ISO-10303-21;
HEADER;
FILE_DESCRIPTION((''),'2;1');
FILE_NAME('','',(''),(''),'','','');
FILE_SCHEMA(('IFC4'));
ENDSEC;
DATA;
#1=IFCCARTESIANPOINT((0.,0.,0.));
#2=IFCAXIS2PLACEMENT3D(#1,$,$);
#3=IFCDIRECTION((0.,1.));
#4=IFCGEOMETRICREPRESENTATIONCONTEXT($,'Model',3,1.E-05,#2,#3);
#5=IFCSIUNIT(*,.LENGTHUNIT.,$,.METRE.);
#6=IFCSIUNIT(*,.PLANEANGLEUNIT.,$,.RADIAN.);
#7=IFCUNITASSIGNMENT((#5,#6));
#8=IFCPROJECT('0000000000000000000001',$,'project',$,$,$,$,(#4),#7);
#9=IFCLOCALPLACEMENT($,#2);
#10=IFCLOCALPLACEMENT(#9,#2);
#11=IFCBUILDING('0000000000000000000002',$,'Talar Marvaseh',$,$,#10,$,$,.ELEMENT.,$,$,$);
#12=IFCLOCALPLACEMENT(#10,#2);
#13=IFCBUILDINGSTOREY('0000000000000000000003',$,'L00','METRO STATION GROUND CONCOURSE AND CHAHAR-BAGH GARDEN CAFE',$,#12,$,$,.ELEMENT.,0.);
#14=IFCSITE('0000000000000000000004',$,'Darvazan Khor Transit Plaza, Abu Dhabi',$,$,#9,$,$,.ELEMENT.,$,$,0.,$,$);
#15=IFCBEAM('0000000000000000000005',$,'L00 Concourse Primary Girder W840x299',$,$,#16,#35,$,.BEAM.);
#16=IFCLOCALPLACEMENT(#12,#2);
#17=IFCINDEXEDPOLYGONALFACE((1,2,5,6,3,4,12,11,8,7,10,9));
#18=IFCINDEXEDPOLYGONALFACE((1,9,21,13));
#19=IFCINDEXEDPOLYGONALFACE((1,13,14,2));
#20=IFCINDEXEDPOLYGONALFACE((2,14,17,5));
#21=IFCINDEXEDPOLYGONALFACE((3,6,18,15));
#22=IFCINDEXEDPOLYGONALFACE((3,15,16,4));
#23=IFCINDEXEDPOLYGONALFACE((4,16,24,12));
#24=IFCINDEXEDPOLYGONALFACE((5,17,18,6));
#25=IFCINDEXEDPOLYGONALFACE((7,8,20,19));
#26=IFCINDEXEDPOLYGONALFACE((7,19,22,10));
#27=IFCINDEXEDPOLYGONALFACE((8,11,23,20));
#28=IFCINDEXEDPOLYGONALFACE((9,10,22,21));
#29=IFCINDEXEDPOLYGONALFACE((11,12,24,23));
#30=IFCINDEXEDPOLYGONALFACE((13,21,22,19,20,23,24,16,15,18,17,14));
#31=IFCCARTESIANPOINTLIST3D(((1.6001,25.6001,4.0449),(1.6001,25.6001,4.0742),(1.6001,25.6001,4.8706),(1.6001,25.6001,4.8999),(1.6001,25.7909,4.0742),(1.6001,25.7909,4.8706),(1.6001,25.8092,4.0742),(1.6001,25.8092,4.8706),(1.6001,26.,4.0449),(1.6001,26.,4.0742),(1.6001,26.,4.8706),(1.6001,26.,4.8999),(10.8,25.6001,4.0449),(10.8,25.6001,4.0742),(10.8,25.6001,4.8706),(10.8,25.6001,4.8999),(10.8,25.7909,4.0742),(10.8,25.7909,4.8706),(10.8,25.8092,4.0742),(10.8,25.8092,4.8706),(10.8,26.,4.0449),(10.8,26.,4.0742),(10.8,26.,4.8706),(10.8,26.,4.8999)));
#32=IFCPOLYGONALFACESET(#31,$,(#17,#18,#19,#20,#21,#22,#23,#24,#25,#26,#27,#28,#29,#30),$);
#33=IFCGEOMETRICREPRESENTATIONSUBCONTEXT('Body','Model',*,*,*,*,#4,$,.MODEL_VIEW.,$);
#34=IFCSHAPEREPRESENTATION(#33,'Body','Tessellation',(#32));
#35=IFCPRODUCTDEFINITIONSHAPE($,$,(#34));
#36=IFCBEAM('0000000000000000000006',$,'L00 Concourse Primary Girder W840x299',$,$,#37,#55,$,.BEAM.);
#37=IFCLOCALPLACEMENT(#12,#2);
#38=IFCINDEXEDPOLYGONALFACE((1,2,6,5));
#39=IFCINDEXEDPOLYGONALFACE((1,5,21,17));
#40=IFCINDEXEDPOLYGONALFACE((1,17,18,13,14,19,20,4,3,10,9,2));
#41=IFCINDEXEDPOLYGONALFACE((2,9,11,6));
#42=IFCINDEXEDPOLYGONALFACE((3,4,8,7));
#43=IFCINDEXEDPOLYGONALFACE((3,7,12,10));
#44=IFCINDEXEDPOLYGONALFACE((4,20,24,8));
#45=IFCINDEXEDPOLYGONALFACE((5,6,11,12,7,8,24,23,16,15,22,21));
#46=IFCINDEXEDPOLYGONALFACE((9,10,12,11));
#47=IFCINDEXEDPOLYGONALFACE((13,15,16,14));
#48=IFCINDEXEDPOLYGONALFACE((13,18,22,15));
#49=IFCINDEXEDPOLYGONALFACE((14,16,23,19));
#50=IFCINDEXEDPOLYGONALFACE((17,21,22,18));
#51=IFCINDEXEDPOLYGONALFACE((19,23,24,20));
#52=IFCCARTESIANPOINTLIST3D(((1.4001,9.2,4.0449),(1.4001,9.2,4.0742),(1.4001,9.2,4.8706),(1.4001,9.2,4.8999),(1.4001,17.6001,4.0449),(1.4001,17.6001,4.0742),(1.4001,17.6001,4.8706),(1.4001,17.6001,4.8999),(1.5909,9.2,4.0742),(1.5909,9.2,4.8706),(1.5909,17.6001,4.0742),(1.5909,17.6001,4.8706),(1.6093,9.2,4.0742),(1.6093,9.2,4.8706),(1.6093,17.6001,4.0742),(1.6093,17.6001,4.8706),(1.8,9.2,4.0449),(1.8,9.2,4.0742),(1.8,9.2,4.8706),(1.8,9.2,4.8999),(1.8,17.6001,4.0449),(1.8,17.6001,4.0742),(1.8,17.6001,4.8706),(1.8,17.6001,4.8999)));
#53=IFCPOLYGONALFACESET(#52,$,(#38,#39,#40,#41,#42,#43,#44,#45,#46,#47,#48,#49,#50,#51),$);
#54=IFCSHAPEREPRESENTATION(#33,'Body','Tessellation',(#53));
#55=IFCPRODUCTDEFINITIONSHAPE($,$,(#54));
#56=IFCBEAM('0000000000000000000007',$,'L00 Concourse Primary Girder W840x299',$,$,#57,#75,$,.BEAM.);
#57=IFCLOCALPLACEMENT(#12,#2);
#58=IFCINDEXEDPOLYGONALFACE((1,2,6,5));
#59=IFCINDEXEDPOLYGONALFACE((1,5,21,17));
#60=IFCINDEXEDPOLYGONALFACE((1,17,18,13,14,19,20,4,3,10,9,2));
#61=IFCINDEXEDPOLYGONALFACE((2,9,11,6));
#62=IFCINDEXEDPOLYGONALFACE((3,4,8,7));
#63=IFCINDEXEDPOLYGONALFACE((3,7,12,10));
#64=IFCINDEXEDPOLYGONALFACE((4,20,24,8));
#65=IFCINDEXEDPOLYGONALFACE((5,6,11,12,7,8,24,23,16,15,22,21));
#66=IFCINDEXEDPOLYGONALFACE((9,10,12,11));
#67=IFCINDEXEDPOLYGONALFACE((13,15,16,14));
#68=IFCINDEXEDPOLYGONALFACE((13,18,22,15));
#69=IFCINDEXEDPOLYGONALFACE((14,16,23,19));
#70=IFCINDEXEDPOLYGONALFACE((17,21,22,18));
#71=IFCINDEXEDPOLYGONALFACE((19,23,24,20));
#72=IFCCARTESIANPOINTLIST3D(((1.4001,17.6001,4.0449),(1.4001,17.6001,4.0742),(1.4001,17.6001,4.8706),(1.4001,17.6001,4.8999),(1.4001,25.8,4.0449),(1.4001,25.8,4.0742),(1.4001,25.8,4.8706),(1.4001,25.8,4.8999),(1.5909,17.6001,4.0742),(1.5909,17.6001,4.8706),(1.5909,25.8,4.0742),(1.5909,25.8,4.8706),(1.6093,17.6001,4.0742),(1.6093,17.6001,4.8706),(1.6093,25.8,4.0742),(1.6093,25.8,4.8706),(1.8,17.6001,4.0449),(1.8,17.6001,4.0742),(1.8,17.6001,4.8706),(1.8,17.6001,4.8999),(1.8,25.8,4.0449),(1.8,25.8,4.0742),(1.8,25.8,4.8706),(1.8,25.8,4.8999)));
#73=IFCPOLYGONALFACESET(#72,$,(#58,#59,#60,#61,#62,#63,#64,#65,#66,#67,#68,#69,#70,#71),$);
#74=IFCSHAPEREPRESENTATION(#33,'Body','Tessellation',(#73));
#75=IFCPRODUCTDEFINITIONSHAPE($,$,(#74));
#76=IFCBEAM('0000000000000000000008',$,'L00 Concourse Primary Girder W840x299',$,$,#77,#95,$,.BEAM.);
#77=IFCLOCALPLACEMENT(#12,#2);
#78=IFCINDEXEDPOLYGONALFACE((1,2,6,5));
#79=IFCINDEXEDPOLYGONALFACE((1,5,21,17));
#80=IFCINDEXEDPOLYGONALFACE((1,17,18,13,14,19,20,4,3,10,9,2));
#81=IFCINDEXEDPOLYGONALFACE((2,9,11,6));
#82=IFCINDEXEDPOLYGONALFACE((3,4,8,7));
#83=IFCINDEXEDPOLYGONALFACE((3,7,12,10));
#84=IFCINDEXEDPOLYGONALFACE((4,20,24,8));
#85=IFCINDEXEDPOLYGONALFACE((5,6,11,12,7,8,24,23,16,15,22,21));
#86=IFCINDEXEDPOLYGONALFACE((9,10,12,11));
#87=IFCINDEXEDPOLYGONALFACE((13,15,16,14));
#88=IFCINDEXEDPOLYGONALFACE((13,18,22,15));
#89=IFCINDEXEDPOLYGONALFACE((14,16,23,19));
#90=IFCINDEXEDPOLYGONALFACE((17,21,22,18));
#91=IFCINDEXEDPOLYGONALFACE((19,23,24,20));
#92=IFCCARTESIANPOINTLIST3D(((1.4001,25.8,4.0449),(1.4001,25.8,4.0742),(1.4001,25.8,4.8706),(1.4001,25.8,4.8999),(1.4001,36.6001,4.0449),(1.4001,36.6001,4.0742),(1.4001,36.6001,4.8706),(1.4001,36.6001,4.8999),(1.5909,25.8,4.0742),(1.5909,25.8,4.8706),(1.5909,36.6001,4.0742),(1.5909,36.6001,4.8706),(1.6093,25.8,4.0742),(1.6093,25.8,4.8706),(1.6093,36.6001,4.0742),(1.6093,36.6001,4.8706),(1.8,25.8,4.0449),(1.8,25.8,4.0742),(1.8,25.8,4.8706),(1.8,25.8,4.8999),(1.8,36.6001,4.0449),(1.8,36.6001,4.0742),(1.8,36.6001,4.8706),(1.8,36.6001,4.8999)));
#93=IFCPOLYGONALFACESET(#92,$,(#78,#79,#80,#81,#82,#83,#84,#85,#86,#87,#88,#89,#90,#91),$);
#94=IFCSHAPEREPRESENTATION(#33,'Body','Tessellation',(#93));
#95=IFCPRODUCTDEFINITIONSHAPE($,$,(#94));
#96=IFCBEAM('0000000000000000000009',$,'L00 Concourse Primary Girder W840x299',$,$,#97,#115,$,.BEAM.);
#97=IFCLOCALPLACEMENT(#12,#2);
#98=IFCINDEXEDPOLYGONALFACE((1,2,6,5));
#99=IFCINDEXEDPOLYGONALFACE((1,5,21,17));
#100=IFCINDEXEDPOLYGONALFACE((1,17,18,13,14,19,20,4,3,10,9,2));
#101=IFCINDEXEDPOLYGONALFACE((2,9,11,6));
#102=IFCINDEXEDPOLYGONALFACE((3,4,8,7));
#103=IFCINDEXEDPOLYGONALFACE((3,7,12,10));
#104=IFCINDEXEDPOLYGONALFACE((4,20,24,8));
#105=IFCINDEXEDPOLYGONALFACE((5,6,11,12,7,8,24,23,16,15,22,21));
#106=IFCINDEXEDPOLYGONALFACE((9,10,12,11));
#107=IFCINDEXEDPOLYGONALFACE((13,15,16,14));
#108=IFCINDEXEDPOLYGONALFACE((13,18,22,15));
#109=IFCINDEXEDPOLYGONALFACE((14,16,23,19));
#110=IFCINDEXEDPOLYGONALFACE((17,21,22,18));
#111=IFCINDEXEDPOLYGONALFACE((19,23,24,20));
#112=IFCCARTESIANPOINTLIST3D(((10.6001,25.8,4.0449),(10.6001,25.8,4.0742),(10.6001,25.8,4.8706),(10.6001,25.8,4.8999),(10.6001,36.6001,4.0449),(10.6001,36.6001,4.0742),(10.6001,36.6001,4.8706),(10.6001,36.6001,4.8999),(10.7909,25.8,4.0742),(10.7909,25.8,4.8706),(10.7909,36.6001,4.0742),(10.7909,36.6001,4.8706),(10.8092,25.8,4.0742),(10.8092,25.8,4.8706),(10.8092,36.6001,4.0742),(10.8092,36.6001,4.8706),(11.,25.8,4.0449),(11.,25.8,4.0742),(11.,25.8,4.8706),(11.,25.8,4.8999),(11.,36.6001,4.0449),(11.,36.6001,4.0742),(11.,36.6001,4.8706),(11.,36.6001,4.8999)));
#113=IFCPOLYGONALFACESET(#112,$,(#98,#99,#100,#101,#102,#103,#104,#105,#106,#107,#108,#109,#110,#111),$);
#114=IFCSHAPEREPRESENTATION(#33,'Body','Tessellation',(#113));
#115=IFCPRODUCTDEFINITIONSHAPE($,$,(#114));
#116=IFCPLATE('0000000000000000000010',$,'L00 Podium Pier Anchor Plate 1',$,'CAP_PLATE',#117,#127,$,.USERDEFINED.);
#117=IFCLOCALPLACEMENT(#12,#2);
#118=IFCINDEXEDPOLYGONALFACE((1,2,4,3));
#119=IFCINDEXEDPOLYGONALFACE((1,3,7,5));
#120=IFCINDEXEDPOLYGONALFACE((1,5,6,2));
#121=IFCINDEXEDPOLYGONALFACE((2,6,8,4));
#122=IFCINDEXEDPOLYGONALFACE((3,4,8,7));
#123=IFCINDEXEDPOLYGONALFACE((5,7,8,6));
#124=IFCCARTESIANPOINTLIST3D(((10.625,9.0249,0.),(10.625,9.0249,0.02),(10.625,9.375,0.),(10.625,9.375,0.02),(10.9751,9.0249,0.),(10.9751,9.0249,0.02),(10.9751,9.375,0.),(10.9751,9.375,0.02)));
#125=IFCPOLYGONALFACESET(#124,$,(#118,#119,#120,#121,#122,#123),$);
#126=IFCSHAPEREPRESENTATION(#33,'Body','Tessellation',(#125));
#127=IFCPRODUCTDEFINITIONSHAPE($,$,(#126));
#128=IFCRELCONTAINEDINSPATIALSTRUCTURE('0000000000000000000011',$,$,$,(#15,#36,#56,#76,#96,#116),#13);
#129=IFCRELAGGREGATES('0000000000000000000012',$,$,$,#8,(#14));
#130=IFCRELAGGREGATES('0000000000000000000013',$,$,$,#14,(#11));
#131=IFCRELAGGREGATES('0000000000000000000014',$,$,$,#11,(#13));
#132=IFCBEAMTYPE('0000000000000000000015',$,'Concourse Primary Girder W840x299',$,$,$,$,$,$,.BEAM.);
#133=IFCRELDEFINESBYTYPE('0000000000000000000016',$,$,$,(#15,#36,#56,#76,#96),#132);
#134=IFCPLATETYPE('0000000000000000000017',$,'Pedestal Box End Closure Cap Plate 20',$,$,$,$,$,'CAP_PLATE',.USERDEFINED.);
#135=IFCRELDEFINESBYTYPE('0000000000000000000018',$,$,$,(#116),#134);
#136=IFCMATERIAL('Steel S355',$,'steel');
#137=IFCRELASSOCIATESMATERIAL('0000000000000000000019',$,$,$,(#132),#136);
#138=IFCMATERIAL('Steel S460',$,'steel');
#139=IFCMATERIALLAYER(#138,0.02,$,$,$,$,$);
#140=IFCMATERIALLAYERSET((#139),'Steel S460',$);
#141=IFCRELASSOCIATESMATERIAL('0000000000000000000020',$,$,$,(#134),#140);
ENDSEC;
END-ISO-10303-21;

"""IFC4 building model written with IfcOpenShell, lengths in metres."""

from ifc_helpers import new_model, si_unit, direction, frame, origin, origin_2d, place, context, subcontext, project, spatial, rectangle, i_section, extrude, source, transform, mapped, material, layer, layer_set, material_profile, profile_set, type_object, type_shapes, element, save


model = new_model("IFC4")

# Units and contexts
model_context = context("Model", 3, precision=1e-05, world=origin(), true_north=direction((0.0, 1.0)))
body_context = subcontext(model_context, "Body", "Model", "MODEL_VIEW")
ifc_project = project(units=[si_unit("LENGTHUNIT", "METRE"), si_unit("PLANEANGLEUNIT", "RADIAN")], contexts=[model_context])

# Site, building, storey
site_placement = place(None, origin())
site = spatial("IfcSite", under=ifc_project, at=site_placement, Name="Darvazan Khor Transit Plaza, Abu Dhabi", CompositionType="ELEMENT", RefElevation=0.0)
building_placement = place(site_placement, origin())
building = spatial("IfcBuilding", under=site, at=building_placement, Name="Talar Marvaseh", CompositionType="ELEMENT")
storey_placement = place(building_placement, origin())
storey = spatial("IfcBuildingStorey", under=building, at=storey_placement, Name="L00", Description="METRO STATION GROUND CONCOURSE AND CHAHAR-BAGH GARDEN CAFE", CompositionType="ELEMENT", Elevation=0.0)

# Beams
ifc_material_1 = material(Name="Steel S460", Category="steel")
ifc_material_2 = material(Name="Steel S355", Category="steel")
ifc_material_profile_1 = material_profile(ifc_material_2, i_section(OverallWidth=0.3999, OverallDepth=0.855, WebThickness=0.0183, FlangeThickness=0.0293, at=origin_2d()), Name="W840x299")
ifc_profile_set_1 = profile_set([ifc_material_profile_1], Name="Steel S355")
beam_type_1 = type_object("IfcBeamType", Name="Concourse Primary Girder W840x299", PredefinedType="BEAM", material=ifc_profile_set_1)
beam_1_placement = place(storey_placement, frame((1.6001, 25.8, 4.4724), z_axis=(1.0, 0.0, 0.0), x_axis=(0.0, 1.0, 0.0)))
element("IfcBeam", 1, at=beam_1_placement, inside=storey, type_object=beam_type_1, Name="L00 Concourse Primary Girder W840x299", PredefinedType="BEAM", context=body_context, shape_type="SweptSolid", body=[
    extrude(i_section(OverallWidth=0.3999, OverallDepth=0.855, WebThickness=0.0183, FlangeThickness=0.0293, at=origin_2d()), origin(), (0.0, 0.0, 1.0), 9.2),
])
beam_2_placement = place(storey_placement, frame((1.6001, 9.2, 4.4724), z_axis=(0.0, 1.0, 0.0), x_axis=(-1.0, 0.0, 0.0)))
element("IfcBeam", 2, at=beam_2_placement, inside=storey, type_object=beam_type_1, Name="L00 Concourse Primary Girder W840x299", PredefinedType="BEAM", context=body_context, shape_type="SweptSolid", body=[
    extrude(i_section(OverallWidth=0.3999, OverallDepth=0.855, WebThickness=0.0183, FlangeThickness=0.0293, at=origin_2d()), origin(), (0.0, 0.0, 1.0), 8.4001),
])
beam_3_placement = place(storey_placement, frame((1.6001, 17.6001, 4.4724), z_axis=(0.0, 1.0, 0.0), x_axis=(-1.0, 0.0, 0.0)))
element("IfcBeam", 3, at=beam_3_placement, inside=storey, type_object=beam_type_1, Name="L00 Concourse Primary Girder W840x299", PredefinedType="BEAM", context=body_context, shape_type="SweptSolid", body=[
    extrude(i_section(OverallWidth=0.3999, OverallDepth=0.855, WebThickness=0.0183, FlangeThickness=0.0293, at=origin_2d()), origin(), (0.0, 0.0, 1.0), 8.2),
])
for number, where, z_axis, x_axis, name in (
    (4, (1.6001, 25.8, 4.4724), (0.0, 1.0, 0.0), (-1.0, 0.0, 0.0), "L00 Concourse Primary Girder W840x299"),
    (5, (10.8, 25.8, 4.4724), (0.0, 1.0, 0.0), (-1.0, 0.0, 0.0), "L00 Concourse Primary Girder W840x299"),
):
    element("IfcBeam", number, at=place(storey_placement, frame(where, z_axis=z_axis, x_axis=x_axis)), inside=storey, type_object=beam_type_1, Name=name, PredefinedType="BEAM", context=body_context, shape_type="SweptSolid", body=[
        extrude(i_section(OverallWidth=0.3999, OverallDepth=0.855, WebThickness=0.0183, FlangeThickness=0.0293, at=origin_2d()), origin(), (0.0, 0.0, 1.0), 10.8),
    ])

# Plate
ifc_layer_1 = layer(ifc_material_1, 0.02)
ifc_layer_set_1 = layer_set([ifc_layer_1], Name="Steel S460")
plate_type = type_object("IfcPlateType", Name="Pedestal Box End Closure Cap Plate 20", ElementType="CAP_PLATE", PredefinedType="USERDEFINED", material=ifc_layer_set_1)
shared_shape_1 = source(origin(), body_context, "Body", "SweptSolid", [
    extrude(rectangle(XDim=0.3501, YDim=0.3501, at=origin_2d()), origin(), (0.0, 0.0, 1.0), 0.02),
])
type_shapes(plate_type, [shared_shape_1])
plate_placement = place(storey_placement, frame((10.8, 9.2, 0.0), z_axis=(0.0, 0.0, 1.0), x_axis=(1.0, 0.0, 0.0)))
element("IfcPlate", 6, at=plate_placement, inside=storey, type_object=plate_type, Name="L00 Podium Pier Anchor Plate 1", ObjectType="CAP_PLATE", PredefinedType="USERDEFINED", context=body_context, shape_type="MappedRepresentation", body=[
    mapped(shared_shape_1, transform((0.0, 0.0, 0.0), x_axis=(1.0, 0.0, 0.0), y_axis=(0.0, 1.0, 0.0), z_axis=(0.0, 0.0, 1.0), scale=1.0)),
])

save(model, "model.ifc")
